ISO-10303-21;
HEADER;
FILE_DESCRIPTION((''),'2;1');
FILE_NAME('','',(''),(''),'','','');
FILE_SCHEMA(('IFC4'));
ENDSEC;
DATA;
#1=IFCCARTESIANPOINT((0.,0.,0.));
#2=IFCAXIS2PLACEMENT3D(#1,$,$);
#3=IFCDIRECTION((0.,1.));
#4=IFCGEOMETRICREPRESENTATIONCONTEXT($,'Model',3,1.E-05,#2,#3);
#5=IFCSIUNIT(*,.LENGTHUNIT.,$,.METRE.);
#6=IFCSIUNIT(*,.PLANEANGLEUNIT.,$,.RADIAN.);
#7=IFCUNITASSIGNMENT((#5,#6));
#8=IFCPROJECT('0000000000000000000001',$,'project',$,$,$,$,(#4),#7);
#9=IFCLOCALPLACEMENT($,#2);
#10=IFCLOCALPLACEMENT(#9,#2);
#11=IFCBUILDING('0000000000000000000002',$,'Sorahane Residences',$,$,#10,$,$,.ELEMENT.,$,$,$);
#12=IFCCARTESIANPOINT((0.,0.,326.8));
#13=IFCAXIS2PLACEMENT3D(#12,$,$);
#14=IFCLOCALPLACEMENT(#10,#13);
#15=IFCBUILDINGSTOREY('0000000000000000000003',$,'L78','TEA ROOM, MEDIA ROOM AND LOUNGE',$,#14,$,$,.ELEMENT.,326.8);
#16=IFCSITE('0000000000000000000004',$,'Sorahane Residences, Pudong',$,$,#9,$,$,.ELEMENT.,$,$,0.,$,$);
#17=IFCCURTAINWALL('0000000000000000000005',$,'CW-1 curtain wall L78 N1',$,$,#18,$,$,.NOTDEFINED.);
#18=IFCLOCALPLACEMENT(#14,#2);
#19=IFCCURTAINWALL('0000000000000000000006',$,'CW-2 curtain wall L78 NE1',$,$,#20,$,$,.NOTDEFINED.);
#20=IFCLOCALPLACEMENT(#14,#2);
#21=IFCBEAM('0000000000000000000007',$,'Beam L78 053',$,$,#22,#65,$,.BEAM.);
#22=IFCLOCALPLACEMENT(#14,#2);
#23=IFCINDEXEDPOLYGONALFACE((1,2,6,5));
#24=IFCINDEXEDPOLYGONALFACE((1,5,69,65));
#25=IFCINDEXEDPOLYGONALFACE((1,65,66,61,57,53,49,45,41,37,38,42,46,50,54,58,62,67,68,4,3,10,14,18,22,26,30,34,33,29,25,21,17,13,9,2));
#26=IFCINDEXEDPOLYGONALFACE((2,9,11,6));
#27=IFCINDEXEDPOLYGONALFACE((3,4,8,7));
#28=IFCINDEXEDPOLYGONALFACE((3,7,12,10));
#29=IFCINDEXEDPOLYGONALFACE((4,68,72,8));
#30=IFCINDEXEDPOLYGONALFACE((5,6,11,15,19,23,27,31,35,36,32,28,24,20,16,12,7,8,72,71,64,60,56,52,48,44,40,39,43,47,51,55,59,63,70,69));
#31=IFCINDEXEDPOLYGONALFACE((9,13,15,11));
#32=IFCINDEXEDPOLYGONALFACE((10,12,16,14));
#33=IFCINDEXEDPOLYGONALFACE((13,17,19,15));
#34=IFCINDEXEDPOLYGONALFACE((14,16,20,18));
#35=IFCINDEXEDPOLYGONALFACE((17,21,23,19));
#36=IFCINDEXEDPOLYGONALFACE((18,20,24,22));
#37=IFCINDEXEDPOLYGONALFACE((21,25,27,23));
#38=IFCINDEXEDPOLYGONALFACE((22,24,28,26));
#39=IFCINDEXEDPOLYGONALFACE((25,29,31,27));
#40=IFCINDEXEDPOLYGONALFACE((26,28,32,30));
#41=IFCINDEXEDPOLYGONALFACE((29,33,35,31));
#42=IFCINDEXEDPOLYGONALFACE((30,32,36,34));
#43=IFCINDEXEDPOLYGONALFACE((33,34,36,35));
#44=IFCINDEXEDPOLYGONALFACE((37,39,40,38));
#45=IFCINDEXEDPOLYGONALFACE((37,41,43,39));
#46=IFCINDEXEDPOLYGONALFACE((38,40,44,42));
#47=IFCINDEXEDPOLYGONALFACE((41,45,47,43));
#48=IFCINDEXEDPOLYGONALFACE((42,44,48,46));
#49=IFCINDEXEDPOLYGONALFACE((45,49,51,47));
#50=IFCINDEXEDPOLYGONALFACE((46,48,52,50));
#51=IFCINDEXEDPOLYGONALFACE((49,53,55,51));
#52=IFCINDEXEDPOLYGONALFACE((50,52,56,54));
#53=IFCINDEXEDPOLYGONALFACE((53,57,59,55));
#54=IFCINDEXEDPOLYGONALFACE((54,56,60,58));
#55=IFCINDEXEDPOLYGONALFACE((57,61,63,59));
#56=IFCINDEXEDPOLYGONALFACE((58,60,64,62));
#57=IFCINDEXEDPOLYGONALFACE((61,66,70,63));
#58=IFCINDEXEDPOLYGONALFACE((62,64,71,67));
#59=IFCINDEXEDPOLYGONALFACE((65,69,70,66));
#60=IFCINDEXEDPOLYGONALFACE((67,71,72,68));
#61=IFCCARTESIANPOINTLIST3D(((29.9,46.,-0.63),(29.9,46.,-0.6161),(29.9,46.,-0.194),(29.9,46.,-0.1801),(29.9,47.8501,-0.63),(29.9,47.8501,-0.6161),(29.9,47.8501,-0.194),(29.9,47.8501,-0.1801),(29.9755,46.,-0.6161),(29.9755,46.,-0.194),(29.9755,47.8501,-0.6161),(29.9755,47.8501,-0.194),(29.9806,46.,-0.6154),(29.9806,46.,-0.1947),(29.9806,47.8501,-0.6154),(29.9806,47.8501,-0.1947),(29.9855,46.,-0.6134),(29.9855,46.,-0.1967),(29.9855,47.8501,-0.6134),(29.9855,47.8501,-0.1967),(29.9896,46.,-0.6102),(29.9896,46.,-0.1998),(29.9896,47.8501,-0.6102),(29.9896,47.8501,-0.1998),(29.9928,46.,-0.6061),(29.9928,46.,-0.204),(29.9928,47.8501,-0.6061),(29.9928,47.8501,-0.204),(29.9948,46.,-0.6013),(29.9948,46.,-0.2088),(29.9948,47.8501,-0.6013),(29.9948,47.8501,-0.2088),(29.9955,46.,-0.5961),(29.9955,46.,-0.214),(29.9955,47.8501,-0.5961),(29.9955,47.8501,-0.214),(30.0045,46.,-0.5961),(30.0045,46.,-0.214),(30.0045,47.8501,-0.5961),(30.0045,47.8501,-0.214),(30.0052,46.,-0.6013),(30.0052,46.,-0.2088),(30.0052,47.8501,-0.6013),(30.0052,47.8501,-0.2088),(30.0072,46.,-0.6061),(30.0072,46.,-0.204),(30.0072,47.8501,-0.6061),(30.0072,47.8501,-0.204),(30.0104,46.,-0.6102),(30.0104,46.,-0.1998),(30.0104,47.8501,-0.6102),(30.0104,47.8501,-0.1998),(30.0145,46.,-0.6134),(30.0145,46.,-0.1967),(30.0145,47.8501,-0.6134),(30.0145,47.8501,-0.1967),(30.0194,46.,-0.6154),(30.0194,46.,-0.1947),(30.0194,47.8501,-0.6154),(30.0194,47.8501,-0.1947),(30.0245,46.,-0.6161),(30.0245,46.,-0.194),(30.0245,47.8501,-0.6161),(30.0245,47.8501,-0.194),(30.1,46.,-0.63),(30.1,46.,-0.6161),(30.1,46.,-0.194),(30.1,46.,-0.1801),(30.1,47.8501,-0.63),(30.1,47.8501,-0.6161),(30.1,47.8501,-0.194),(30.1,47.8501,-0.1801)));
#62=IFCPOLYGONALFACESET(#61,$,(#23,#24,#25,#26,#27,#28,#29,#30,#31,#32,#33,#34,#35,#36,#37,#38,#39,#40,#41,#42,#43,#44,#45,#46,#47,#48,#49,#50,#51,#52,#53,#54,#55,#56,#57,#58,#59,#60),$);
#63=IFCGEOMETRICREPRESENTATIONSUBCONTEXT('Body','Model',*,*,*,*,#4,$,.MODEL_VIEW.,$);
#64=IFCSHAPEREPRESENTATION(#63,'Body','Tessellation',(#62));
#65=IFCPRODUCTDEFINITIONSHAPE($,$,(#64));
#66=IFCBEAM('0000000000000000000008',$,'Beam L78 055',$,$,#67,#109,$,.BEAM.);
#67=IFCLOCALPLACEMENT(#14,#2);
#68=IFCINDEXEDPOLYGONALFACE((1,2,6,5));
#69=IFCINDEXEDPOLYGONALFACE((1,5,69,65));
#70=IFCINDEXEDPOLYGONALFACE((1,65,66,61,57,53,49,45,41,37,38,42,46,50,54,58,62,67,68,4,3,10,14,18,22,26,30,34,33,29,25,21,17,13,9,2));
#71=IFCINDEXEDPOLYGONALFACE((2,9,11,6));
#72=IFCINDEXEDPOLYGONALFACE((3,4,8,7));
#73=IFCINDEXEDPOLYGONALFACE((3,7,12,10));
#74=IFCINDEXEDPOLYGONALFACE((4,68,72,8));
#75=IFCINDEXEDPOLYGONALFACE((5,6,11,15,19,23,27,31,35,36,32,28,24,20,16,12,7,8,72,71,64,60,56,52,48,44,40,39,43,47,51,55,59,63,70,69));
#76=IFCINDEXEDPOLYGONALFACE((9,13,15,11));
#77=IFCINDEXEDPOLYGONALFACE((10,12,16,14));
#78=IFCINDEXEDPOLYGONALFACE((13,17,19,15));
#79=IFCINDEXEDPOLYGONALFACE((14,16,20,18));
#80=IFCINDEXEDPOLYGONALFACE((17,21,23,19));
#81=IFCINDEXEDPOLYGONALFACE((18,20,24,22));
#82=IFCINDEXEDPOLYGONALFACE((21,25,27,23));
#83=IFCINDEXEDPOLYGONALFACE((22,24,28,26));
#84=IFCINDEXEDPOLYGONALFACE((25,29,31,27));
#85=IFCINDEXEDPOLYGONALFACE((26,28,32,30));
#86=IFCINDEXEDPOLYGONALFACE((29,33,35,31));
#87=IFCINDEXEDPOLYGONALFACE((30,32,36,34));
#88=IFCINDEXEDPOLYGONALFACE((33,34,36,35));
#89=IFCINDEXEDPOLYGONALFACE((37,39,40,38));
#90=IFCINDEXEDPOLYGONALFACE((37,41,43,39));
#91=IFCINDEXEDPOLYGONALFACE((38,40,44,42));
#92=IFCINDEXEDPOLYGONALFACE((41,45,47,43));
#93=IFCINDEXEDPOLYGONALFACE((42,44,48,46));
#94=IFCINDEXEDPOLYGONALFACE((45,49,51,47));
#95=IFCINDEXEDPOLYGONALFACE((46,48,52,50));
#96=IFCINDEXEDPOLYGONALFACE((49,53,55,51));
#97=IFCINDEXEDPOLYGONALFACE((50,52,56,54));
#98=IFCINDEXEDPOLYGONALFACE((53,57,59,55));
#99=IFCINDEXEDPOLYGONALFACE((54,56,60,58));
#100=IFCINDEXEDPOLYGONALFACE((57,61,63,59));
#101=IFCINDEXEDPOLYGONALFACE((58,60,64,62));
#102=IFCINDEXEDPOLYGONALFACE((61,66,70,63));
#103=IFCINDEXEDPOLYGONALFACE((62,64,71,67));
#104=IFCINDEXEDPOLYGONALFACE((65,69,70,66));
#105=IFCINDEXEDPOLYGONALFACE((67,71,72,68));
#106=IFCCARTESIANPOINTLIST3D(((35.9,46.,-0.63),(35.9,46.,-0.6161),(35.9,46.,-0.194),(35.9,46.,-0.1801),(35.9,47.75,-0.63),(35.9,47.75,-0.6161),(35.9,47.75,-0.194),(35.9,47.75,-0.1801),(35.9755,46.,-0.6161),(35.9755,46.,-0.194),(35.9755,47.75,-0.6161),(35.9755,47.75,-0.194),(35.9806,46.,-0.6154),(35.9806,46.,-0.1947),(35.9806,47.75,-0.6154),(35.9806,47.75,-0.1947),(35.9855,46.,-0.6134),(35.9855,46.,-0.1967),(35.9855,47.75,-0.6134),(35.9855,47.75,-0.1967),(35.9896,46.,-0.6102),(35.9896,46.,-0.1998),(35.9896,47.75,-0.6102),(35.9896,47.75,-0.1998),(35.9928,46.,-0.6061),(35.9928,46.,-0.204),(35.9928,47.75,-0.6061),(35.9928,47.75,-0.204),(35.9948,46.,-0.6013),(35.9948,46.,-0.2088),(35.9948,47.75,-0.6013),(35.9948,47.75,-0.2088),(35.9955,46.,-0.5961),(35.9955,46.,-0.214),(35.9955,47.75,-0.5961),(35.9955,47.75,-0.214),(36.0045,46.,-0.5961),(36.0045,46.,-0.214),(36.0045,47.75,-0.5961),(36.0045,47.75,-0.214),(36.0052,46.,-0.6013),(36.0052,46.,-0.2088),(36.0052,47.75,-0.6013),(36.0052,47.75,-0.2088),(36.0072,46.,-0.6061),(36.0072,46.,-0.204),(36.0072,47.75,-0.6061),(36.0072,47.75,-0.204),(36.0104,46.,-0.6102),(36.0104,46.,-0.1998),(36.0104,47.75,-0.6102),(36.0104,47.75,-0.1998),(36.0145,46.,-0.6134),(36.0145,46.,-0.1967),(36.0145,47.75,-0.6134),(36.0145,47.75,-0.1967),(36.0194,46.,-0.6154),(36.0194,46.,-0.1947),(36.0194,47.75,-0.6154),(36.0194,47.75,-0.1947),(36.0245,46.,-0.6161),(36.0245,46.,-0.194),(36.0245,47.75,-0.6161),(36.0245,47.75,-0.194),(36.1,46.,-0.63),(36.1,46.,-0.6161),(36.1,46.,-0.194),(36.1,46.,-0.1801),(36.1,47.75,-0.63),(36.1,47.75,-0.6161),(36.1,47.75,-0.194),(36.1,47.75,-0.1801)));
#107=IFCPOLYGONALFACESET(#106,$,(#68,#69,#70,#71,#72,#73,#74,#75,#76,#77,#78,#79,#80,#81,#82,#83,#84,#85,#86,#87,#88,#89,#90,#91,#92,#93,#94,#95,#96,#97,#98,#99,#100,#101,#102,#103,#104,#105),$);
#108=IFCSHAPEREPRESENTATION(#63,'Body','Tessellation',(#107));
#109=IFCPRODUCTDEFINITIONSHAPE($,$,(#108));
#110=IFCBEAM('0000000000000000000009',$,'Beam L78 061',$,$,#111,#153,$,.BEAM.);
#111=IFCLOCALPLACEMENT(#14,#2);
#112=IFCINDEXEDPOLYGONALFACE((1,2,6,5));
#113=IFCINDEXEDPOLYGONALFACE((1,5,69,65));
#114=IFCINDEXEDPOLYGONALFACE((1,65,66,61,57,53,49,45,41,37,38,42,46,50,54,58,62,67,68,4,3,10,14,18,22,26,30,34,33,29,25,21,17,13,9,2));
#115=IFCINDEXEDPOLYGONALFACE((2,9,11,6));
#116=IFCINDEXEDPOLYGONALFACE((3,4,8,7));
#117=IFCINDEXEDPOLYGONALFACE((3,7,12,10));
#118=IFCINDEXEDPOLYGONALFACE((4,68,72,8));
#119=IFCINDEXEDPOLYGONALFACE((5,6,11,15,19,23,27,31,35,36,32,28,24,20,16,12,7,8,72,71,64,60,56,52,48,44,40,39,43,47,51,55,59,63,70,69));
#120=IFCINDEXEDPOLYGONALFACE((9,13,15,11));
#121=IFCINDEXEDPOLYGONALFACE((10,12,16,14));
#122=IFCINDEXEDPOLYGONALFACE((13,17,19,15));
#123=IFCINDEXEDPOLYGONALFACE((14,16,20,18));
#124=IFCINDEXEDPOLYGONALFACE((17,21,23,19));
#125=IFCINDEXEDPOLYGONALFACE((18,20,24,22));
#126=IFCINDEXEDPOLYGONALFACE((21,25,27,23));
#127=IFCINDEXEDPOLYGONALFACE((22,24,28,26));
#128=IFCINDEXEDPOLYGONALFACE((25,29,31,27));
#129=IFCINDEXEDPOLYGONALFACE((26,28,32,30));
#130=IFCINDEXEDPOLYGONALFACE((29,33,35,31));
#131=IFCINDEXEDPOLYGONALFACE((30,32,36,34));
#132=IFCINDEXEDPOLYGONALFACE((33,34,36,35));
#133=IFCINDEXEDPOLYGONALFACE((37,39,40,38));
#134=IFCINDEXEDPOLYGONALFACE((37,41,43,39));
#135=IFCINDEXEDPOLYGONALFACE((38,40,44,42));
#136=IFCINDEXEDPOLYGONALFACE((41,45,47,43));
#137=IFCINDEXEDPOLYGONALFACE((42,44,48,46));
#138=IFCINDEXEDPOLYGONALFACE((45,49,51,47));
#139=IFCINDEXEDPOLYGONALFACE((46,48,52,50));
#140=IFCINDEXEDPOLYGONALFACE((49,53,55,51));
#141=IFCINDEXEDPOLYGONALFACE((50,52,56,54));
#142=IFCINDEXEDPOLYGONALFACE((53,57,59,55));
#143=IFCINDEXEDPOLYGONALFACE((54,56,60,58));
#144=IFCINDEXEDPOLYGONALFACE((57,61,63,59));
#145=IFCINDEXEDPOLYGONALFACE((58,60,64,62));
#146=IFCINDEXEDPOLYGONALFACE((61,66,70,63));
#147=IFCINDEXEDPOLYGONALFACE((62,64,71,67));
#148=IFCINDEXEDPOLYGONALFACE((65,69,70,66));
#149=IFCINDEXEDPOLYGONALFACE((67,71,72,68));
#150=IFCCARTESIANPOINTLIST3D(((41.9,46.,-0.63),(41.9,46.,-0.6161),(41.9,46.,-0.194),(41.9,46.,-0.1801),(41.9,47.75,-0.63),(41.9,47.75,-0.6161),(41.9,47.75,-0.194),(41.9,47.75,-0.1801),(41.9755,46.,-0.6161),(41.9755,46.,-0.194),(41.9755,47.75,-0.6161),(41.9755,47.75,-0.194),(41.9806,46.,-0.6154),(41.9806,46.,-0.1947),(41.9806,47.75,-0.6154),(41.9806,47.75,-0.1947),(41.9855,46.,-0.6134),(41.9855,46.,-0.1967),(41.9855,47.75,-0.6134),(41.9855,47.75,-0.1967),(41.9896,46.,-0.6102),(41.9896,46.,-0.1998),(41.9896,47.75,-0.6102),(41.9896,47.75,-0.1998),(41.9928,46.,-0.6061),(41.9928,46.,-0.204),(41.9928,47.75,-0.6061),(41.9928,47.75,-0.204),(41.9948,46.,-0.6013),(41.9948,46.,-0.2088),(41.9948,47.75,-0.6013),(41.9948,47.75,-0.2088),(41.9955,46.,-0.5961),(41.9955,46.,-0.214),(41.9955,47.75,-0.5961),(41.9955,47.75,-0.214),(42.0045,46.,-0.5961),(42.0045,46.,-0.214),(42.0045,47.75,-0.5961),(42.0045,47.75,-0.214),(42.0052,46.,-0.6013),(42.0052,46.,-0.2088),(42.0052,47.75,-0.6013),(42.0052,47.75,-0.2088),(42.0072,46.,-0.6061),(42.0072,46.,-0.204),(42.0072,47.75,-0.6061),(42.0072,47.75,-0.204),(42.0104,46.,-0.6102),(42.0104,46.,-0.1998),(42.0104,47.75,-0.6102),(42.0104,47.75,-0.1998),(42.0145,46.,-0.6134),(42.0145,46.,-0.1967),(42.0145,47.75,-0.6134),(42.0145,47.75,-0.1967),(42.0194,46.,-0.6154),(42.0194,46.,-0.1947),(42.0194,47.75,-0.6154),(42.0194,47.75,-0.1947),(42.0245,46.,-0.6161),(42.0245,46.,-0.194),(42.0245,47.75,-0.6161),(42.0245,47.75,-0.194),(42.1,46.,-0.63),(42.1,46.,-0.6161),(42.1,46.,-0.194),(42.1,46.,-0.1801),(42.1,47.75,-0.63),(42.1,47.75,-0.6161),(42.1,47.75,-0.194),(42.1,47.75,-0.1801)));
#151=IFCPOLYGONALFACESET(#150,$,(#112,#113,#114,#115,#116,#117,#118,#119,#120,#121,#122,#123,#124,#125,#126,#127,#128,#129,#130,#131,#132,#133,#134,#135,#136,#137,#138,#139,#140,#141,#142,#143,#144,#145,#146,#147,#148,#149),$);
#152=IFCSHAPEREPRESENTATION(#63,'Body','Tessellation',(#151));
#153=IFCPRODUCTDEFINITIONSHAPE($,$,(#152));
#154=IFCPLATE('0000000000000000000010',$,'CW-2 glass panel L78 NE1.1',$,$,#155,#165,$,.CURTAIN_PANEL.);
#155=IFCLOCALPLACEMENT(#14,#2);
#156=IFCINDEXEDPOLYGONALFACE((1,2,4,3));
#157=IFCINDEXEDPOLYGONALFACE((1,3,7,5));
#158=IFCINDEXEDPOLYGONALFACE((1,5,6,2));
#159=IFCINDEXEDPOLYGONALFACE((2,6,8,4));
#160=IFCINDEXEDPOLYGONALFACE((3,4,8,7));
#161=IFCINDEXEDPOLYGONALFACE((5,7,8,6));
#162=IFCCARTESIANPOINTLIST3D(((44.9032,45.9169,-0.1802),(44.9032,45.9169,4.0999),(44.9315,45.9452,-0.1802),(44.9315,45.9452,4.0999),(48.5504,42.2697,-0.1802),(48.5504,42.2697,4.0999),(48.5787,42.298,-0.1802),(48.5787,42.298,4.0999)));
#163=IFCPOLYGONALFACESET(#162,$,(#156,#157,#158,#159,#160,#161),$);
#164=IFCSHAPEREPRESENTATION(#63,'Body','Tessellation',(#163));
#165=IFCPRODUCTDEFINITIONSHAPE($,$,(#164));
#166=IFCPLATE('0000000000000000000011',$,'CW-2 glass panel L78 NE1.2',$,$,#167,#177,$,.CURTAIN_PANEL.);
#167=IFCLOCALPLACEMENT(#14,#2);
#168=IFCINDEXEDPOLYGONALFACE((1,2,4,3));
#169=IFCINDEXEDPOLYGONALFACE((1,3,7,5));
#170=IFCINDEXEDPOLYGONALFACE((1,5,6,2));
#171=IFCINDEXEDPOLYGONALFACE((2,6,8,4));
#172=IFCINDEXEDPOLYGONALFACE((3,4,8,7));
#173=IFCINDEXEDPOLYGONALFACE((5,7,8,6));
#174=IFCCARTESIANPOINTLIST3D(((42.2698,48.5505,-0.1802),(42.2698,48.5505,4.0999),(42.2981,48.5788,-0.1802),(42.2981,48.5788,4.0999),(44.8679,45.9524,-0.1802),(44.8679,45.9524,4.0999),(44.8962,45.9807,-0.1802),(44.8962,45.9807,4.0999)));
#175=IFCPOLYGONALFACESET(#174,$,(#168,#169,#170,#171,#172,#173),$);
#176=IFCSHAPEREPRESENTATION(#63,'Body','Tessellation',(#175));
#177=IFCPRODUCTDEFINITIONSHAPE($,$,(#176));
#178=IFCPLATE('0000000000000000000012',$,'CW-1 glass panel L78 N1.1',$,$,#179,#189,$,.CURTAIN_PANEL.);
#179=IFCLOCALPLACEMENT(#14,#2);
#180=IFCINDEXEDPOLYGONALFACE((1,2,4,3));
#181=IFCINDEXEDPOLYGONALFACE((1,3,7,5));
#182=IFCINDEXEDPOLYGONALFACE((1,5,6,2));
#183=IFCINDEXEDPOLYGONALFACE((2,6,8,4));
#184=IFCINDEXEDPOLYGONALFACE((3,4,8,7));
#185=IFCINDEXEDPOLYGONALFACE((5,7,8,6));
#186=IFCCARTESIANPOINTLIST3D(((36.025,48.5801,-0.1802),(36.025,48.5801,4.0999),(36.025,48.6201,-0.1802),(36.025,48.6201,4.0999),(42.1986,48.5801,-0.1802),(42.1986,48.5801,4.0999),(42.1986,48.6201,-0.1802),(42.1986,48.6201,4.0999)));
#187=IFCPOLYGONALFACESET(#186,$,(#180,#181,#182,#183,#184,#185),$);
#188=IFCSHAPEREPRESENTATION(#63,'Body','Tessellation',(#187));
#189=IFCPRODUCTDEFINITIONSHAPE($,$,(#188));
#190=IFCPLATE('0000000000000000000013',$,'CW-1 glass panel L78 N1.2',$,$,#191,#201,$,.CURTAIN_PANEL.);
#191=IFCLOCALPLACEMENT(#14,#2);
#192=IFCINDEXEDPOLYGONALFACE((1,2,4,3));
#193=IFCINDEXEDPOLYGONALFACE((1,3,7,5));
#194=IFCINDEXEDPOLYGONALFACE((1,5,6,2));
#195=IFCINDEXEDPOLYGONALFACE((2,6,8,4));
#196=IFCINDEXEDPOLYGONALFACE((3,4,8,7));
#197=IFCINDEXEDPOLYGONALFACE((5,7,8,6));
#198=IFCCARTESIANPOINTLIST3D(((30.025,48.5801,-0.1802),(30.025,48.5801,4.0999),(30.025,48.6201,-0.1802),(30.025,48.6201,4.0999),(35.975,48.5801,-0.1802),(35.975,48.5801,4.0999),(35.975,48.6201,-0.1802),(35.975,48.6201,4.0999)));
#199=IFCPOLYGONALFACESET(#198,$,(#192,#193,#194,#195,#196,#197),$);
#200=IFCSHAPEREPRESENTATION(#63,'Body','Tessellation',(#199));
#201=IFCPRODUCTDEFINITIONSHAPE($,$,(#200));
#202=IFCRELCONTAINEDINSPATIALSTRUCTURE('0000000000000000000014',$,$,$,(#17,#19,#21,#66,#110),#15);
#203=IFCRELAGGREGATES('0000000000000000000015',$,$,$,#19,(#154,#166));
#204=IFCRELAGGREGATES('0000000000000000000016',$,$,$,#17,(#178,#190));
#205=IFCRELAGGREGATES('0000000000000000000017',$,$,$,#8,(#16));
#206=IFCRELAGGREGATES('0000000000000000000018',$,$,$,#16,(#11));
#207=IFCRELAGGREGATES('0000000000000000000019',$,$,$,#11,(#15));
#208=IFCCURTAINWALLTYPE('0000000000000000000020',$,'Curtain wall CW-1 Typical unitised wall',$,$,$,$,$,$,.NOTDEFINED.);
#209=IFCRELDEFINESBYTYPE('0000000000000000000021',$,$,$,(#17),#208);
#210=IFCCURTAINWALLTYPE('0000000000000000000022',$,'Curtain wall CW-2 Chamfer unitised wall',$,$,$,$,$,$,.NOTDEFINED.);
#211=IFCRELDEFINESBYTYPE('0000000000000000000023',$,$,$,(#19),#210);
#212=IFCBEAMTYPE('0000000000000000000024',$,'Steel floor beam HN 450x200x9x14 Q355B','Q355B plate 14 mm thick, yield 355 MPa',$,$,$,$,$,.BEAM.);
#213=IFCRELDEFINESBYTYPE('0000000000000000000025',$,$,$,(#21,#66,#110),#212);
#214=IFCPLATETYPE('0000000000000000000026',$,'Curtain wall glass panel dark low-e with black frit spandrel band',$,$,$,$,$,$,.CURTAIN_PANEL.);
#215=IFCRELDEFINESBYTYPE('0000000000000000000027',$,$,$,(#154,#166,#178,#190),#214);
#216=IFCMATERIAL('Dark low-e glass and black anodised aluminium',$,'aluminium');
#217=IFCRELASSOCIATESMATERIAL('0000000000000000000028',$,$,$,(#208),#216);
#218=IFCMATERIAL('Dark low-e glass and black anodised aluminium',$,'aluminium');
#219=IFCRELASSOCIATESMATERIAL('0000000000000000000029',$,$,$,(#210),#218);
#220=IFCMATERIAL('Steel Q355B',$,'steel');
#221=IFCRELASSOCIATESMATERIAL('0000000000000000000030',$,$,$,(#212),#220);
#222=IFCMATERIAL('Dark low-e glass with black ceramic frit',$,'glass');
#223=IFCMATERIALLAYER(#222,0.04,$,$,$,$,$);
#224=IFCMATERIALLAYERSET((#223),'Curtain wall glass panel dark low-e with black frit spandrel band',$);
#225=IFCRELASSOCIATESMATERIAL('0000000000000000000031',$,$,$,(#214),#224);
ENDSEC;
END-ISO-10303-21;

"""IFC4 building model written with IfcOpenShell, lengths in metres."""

from ifc_helpers import new_model, si_unit, direction, frame, origin, origin_2d, place, context, subcontext, project, spatial, rectangle, i_section, extrude, material, layer, layer_set, material_profile, profile_set, type_object, element, aggregate, save


model = new_model("IFC4")

# Units and contexts
model_context = context("Model", 3, precision=1e-05, world=origin(), true_north=direction((0.0, 1.0)))
body_context = subcontext(model_context, "Body", "Model", "MODEL_VIEW")
ifc_project = project(units=[si_unit("LENGTHUNIT", "METRE"), si_unit("PLANEANGLEUNIT", "RADIAN")], contexts=[model_context])

# Site, building, storey
site_placement = place(None, origin())
site = spatial("IfcSite", under=ifc_project, at=site_placement, Name="Sorahane Residences, Pudong", CompositionType="ELEMENT", RefElevation=0.0)
building_placement = place(site_placement, origin())
building = spatial("IfcBuilding", under=site, at=building_placement, Name="Sorahane Residences", CompositionType="ELEMENT")
storey_placement = place(building_placement, frame((0.0, 0.0, 326.8)))
storey = spatial("IfcBuildingStorey", under=building, at=storey_placement, Name="L78", Description="TEA ROOM, MEDIA ROOM AND LOUNGE", CompositionType="ELEMENT", Elevation=326.8)

# Curtain walls
ifc_material_1 = material(Name="Dark low-e glass and black anodised aluminium", Category="aluminium")
curtain_wall_type_1 = type_object("IfcCurtainWallType", Name="Curtain wall CW-1 Typical unitised wall", PredefinedType="NOTDEFINED", material=ifc_material_1)
curtain_wall_1_placement = place(storey_placement, origin())
curtain_wall_1 = element("IfcCurtainWall", 1, at=curtain_wall_1_placement, inside=storey, type_object=curtain_wall_type_1, Name="CW-1 curtain wall L78 N1", PredefinedType="NOTDEFINED")
ifc_material_2 = material(Name="Dark low-e glass and black anodised aluminium", Category="aluminium")
curtain_wall_type_2 = type_object("IfcCurtainWallType", Name="Curtain wall CW-2 Chamfer unitised wall", PredefinedType="NOTDEFINED", material=ifc_material_2)
curtain_wall_2_placement = place(storey_placement, origin())
curtain_wall_2 = element("IfcCurtainWall", 2, at=curtain_wall_2_placement, inside=storey, type_object=curtain_wall_type_2, Name="CW-2 curtain wall L78 NE1", PredefinedType="NOTDEFINED")

# Beams
ifc_material_3 = material(Name="Steel Q355B", Category="steel")
ifc_material_profile_1 = material_profile(ifc_material_3, i_section(OverallWidth=0.2, OverallDepth=0.45, WebThickness=0.009, FlangeThickness=0.0139, FilletRadius=0.02, at=origin_2d()), Name="HN 450x200x9x14")
ifc_profile_set_1 = profile_set([ifc_material_profile_1], Name="Steel Q355B")
beam_type = type_object("IfcBeamType", Name="Steel floor beam HN 450x200x9x14 Q355B", Description="Q355B plate 14 mm thick, yield 355 MPa", PredefinedType="BEAM", material=ifc_profile_set_1)
beam_1_placement = place(storey_placement, frame((30.0, 46.0, -0.405), z_axis=(0.0, 1.0, 0.0), x_axis=(-1.0, 0.0, 0.0)))
element("IfcBeam", 3, at=beam_1_placement, inside=storey, type_object=beam_type, Name="Beam L78 053", PredefinedType="BEAM", context=body_context, shape_type="SweptSolid", body=[
    extrude(i_section(OverallWidth=0.2, OverallDepth=0.45, WebThickness=0.009, FlangeThickness=0.0139, FilletRadius=0.02, at=origin_2d()), origin(), (0.0, 0.0, 1.0), 1.8501),
])
for number, where, z_axis, x_axis, name in (
    (4, (36.0, 46.0, -0.405), (0.0, 1.0, 0.0), (-1.0, 0.0, 0.0), "Beam L78 055"),
    (5, (42.0, 46.0, -0.405), (0.0, 1.0, 0.0), (-1.0, 0.0, 0.0), "Beam L78 061"),
):
    element("IfcBeam", number, at=place(storey_placement, frame(where, z_axis=z_axis, x_axis=x_axis)), inside=storey, type_object=beam_type, Name=name, PredefinedType="BEAM", context=body_context, shape_type="SweptSolid", body=[
        extrude(i_section(OverallWidth=0.2, OverallDepth=0.45, WebThickness=0.009, FlangeThickness=0.0139, FilletRadius=0.02, at=origin_2d()), origin(), (0.0, 0.0, 1.0), 1.75),
    ])

# Plates
ifc_material_4 = material(Name="Dark low-e glass with black ceramic frit", Category="glass")
ifc_layer_1 = layer(ifc_material_4, 0.04)
ifc_layer_set_1 = layer_set([ifc_layer_1], Name="Curtain wall glass panel dark low-e with black frit spandrel band")
plate_type = type_object("IfcPlateType", Name="Curtain wall glass panel dark low-e with black frit spandrel band", PredefinedType="CURTAIN_PANEL", material=ifc_layer_set_1)
plate_1_placement = place(storey_placement, frame((46.741, 44.1074, -0.1802), z_axis=(0.0, 0.0, 1.0), x_axis=(-0.707107, 0.707107, 0.0)))
plate_1 = element("IfcPlate", 6, at=plate_1_placement, type_object=plate_type, Name="CW-2 glass panel L78 NE1.1", PredefinedType="CURTAIN_PANEL", context=body_context, shape_type="SweptSolid", body=[
    extrude(rectangle(XDim=5.158, YDim=0.04, at=origin_2d()), origin(), (0.0, 0.0, 1.0), 4.28),
])
plate_2_placement = place(storey_placement, frame((43.583, 47.2656, -0.1802), z_axis=(0.0, 0.0, 1.0), x_axis=(-0.707107, 0.707107, 0.0)))
plate_2 = element("IfcPlate", 7, at=plate_2_placement, type_object=plate_type, Name="CW-2 glass panel L78 NE1.2", PredefinedType="CURTAIN_PANEL", context=body_context, shape_type="SweptSolid", body=[
    extrude(rectangle(XDim=3.6743, YDim=0.04, at=origin_2d()), origin(), (0.0, 0.0, 1.0), 4.28),
])
aggregate(curtain_wall_2, [plate_1, plate_2])
plate_3_placement = place(storey_placement, frame((39.1118, 48.6001, -0.1802), z_axis=(0.0, 0.0, 1.0), x_axis=(-1.0, 0.0, 0.0)))
plate_3 = element("IfcPlate", 8, at=plate_3_placement, type_object=plate_type, Name="CW-1 glass panel L78 N1.1", PredefinedType="CURTAIN_PANEL", context=body_context, shape_type="SweptSolid", body=[
    extrude(rectangle(XDim=6.1736, YDim=0.04, at=origin_2d()), origin(), (0.0, 0.0, 1.0), 4.28),
])
plate_4_placement = place(storey_placement, frame((33.0, 48.6001, -0.1802), z_axis=(0.0, 0.0, 1.0), x_axis=(-1.0, 0.0, 0.0)))
plate_4 = element("IfcPlate", 9, at=plate_4_placement, type_object=plate_type, Name="CW-1 glass panel L78 N1.2", PredefinedType="CURTAIN_PANEL", context=body_context, shape_type="SweptSolid", body=[
    extrude(rectangle(XDim=5.95, YDim=0.04, at=origin_2d()), origin(), (0.0, 0.0, 1.0), 4.28),
])
aggregate(curtain_wall_1, [plate_3, plate_4])

save(model, "model.ifc")
